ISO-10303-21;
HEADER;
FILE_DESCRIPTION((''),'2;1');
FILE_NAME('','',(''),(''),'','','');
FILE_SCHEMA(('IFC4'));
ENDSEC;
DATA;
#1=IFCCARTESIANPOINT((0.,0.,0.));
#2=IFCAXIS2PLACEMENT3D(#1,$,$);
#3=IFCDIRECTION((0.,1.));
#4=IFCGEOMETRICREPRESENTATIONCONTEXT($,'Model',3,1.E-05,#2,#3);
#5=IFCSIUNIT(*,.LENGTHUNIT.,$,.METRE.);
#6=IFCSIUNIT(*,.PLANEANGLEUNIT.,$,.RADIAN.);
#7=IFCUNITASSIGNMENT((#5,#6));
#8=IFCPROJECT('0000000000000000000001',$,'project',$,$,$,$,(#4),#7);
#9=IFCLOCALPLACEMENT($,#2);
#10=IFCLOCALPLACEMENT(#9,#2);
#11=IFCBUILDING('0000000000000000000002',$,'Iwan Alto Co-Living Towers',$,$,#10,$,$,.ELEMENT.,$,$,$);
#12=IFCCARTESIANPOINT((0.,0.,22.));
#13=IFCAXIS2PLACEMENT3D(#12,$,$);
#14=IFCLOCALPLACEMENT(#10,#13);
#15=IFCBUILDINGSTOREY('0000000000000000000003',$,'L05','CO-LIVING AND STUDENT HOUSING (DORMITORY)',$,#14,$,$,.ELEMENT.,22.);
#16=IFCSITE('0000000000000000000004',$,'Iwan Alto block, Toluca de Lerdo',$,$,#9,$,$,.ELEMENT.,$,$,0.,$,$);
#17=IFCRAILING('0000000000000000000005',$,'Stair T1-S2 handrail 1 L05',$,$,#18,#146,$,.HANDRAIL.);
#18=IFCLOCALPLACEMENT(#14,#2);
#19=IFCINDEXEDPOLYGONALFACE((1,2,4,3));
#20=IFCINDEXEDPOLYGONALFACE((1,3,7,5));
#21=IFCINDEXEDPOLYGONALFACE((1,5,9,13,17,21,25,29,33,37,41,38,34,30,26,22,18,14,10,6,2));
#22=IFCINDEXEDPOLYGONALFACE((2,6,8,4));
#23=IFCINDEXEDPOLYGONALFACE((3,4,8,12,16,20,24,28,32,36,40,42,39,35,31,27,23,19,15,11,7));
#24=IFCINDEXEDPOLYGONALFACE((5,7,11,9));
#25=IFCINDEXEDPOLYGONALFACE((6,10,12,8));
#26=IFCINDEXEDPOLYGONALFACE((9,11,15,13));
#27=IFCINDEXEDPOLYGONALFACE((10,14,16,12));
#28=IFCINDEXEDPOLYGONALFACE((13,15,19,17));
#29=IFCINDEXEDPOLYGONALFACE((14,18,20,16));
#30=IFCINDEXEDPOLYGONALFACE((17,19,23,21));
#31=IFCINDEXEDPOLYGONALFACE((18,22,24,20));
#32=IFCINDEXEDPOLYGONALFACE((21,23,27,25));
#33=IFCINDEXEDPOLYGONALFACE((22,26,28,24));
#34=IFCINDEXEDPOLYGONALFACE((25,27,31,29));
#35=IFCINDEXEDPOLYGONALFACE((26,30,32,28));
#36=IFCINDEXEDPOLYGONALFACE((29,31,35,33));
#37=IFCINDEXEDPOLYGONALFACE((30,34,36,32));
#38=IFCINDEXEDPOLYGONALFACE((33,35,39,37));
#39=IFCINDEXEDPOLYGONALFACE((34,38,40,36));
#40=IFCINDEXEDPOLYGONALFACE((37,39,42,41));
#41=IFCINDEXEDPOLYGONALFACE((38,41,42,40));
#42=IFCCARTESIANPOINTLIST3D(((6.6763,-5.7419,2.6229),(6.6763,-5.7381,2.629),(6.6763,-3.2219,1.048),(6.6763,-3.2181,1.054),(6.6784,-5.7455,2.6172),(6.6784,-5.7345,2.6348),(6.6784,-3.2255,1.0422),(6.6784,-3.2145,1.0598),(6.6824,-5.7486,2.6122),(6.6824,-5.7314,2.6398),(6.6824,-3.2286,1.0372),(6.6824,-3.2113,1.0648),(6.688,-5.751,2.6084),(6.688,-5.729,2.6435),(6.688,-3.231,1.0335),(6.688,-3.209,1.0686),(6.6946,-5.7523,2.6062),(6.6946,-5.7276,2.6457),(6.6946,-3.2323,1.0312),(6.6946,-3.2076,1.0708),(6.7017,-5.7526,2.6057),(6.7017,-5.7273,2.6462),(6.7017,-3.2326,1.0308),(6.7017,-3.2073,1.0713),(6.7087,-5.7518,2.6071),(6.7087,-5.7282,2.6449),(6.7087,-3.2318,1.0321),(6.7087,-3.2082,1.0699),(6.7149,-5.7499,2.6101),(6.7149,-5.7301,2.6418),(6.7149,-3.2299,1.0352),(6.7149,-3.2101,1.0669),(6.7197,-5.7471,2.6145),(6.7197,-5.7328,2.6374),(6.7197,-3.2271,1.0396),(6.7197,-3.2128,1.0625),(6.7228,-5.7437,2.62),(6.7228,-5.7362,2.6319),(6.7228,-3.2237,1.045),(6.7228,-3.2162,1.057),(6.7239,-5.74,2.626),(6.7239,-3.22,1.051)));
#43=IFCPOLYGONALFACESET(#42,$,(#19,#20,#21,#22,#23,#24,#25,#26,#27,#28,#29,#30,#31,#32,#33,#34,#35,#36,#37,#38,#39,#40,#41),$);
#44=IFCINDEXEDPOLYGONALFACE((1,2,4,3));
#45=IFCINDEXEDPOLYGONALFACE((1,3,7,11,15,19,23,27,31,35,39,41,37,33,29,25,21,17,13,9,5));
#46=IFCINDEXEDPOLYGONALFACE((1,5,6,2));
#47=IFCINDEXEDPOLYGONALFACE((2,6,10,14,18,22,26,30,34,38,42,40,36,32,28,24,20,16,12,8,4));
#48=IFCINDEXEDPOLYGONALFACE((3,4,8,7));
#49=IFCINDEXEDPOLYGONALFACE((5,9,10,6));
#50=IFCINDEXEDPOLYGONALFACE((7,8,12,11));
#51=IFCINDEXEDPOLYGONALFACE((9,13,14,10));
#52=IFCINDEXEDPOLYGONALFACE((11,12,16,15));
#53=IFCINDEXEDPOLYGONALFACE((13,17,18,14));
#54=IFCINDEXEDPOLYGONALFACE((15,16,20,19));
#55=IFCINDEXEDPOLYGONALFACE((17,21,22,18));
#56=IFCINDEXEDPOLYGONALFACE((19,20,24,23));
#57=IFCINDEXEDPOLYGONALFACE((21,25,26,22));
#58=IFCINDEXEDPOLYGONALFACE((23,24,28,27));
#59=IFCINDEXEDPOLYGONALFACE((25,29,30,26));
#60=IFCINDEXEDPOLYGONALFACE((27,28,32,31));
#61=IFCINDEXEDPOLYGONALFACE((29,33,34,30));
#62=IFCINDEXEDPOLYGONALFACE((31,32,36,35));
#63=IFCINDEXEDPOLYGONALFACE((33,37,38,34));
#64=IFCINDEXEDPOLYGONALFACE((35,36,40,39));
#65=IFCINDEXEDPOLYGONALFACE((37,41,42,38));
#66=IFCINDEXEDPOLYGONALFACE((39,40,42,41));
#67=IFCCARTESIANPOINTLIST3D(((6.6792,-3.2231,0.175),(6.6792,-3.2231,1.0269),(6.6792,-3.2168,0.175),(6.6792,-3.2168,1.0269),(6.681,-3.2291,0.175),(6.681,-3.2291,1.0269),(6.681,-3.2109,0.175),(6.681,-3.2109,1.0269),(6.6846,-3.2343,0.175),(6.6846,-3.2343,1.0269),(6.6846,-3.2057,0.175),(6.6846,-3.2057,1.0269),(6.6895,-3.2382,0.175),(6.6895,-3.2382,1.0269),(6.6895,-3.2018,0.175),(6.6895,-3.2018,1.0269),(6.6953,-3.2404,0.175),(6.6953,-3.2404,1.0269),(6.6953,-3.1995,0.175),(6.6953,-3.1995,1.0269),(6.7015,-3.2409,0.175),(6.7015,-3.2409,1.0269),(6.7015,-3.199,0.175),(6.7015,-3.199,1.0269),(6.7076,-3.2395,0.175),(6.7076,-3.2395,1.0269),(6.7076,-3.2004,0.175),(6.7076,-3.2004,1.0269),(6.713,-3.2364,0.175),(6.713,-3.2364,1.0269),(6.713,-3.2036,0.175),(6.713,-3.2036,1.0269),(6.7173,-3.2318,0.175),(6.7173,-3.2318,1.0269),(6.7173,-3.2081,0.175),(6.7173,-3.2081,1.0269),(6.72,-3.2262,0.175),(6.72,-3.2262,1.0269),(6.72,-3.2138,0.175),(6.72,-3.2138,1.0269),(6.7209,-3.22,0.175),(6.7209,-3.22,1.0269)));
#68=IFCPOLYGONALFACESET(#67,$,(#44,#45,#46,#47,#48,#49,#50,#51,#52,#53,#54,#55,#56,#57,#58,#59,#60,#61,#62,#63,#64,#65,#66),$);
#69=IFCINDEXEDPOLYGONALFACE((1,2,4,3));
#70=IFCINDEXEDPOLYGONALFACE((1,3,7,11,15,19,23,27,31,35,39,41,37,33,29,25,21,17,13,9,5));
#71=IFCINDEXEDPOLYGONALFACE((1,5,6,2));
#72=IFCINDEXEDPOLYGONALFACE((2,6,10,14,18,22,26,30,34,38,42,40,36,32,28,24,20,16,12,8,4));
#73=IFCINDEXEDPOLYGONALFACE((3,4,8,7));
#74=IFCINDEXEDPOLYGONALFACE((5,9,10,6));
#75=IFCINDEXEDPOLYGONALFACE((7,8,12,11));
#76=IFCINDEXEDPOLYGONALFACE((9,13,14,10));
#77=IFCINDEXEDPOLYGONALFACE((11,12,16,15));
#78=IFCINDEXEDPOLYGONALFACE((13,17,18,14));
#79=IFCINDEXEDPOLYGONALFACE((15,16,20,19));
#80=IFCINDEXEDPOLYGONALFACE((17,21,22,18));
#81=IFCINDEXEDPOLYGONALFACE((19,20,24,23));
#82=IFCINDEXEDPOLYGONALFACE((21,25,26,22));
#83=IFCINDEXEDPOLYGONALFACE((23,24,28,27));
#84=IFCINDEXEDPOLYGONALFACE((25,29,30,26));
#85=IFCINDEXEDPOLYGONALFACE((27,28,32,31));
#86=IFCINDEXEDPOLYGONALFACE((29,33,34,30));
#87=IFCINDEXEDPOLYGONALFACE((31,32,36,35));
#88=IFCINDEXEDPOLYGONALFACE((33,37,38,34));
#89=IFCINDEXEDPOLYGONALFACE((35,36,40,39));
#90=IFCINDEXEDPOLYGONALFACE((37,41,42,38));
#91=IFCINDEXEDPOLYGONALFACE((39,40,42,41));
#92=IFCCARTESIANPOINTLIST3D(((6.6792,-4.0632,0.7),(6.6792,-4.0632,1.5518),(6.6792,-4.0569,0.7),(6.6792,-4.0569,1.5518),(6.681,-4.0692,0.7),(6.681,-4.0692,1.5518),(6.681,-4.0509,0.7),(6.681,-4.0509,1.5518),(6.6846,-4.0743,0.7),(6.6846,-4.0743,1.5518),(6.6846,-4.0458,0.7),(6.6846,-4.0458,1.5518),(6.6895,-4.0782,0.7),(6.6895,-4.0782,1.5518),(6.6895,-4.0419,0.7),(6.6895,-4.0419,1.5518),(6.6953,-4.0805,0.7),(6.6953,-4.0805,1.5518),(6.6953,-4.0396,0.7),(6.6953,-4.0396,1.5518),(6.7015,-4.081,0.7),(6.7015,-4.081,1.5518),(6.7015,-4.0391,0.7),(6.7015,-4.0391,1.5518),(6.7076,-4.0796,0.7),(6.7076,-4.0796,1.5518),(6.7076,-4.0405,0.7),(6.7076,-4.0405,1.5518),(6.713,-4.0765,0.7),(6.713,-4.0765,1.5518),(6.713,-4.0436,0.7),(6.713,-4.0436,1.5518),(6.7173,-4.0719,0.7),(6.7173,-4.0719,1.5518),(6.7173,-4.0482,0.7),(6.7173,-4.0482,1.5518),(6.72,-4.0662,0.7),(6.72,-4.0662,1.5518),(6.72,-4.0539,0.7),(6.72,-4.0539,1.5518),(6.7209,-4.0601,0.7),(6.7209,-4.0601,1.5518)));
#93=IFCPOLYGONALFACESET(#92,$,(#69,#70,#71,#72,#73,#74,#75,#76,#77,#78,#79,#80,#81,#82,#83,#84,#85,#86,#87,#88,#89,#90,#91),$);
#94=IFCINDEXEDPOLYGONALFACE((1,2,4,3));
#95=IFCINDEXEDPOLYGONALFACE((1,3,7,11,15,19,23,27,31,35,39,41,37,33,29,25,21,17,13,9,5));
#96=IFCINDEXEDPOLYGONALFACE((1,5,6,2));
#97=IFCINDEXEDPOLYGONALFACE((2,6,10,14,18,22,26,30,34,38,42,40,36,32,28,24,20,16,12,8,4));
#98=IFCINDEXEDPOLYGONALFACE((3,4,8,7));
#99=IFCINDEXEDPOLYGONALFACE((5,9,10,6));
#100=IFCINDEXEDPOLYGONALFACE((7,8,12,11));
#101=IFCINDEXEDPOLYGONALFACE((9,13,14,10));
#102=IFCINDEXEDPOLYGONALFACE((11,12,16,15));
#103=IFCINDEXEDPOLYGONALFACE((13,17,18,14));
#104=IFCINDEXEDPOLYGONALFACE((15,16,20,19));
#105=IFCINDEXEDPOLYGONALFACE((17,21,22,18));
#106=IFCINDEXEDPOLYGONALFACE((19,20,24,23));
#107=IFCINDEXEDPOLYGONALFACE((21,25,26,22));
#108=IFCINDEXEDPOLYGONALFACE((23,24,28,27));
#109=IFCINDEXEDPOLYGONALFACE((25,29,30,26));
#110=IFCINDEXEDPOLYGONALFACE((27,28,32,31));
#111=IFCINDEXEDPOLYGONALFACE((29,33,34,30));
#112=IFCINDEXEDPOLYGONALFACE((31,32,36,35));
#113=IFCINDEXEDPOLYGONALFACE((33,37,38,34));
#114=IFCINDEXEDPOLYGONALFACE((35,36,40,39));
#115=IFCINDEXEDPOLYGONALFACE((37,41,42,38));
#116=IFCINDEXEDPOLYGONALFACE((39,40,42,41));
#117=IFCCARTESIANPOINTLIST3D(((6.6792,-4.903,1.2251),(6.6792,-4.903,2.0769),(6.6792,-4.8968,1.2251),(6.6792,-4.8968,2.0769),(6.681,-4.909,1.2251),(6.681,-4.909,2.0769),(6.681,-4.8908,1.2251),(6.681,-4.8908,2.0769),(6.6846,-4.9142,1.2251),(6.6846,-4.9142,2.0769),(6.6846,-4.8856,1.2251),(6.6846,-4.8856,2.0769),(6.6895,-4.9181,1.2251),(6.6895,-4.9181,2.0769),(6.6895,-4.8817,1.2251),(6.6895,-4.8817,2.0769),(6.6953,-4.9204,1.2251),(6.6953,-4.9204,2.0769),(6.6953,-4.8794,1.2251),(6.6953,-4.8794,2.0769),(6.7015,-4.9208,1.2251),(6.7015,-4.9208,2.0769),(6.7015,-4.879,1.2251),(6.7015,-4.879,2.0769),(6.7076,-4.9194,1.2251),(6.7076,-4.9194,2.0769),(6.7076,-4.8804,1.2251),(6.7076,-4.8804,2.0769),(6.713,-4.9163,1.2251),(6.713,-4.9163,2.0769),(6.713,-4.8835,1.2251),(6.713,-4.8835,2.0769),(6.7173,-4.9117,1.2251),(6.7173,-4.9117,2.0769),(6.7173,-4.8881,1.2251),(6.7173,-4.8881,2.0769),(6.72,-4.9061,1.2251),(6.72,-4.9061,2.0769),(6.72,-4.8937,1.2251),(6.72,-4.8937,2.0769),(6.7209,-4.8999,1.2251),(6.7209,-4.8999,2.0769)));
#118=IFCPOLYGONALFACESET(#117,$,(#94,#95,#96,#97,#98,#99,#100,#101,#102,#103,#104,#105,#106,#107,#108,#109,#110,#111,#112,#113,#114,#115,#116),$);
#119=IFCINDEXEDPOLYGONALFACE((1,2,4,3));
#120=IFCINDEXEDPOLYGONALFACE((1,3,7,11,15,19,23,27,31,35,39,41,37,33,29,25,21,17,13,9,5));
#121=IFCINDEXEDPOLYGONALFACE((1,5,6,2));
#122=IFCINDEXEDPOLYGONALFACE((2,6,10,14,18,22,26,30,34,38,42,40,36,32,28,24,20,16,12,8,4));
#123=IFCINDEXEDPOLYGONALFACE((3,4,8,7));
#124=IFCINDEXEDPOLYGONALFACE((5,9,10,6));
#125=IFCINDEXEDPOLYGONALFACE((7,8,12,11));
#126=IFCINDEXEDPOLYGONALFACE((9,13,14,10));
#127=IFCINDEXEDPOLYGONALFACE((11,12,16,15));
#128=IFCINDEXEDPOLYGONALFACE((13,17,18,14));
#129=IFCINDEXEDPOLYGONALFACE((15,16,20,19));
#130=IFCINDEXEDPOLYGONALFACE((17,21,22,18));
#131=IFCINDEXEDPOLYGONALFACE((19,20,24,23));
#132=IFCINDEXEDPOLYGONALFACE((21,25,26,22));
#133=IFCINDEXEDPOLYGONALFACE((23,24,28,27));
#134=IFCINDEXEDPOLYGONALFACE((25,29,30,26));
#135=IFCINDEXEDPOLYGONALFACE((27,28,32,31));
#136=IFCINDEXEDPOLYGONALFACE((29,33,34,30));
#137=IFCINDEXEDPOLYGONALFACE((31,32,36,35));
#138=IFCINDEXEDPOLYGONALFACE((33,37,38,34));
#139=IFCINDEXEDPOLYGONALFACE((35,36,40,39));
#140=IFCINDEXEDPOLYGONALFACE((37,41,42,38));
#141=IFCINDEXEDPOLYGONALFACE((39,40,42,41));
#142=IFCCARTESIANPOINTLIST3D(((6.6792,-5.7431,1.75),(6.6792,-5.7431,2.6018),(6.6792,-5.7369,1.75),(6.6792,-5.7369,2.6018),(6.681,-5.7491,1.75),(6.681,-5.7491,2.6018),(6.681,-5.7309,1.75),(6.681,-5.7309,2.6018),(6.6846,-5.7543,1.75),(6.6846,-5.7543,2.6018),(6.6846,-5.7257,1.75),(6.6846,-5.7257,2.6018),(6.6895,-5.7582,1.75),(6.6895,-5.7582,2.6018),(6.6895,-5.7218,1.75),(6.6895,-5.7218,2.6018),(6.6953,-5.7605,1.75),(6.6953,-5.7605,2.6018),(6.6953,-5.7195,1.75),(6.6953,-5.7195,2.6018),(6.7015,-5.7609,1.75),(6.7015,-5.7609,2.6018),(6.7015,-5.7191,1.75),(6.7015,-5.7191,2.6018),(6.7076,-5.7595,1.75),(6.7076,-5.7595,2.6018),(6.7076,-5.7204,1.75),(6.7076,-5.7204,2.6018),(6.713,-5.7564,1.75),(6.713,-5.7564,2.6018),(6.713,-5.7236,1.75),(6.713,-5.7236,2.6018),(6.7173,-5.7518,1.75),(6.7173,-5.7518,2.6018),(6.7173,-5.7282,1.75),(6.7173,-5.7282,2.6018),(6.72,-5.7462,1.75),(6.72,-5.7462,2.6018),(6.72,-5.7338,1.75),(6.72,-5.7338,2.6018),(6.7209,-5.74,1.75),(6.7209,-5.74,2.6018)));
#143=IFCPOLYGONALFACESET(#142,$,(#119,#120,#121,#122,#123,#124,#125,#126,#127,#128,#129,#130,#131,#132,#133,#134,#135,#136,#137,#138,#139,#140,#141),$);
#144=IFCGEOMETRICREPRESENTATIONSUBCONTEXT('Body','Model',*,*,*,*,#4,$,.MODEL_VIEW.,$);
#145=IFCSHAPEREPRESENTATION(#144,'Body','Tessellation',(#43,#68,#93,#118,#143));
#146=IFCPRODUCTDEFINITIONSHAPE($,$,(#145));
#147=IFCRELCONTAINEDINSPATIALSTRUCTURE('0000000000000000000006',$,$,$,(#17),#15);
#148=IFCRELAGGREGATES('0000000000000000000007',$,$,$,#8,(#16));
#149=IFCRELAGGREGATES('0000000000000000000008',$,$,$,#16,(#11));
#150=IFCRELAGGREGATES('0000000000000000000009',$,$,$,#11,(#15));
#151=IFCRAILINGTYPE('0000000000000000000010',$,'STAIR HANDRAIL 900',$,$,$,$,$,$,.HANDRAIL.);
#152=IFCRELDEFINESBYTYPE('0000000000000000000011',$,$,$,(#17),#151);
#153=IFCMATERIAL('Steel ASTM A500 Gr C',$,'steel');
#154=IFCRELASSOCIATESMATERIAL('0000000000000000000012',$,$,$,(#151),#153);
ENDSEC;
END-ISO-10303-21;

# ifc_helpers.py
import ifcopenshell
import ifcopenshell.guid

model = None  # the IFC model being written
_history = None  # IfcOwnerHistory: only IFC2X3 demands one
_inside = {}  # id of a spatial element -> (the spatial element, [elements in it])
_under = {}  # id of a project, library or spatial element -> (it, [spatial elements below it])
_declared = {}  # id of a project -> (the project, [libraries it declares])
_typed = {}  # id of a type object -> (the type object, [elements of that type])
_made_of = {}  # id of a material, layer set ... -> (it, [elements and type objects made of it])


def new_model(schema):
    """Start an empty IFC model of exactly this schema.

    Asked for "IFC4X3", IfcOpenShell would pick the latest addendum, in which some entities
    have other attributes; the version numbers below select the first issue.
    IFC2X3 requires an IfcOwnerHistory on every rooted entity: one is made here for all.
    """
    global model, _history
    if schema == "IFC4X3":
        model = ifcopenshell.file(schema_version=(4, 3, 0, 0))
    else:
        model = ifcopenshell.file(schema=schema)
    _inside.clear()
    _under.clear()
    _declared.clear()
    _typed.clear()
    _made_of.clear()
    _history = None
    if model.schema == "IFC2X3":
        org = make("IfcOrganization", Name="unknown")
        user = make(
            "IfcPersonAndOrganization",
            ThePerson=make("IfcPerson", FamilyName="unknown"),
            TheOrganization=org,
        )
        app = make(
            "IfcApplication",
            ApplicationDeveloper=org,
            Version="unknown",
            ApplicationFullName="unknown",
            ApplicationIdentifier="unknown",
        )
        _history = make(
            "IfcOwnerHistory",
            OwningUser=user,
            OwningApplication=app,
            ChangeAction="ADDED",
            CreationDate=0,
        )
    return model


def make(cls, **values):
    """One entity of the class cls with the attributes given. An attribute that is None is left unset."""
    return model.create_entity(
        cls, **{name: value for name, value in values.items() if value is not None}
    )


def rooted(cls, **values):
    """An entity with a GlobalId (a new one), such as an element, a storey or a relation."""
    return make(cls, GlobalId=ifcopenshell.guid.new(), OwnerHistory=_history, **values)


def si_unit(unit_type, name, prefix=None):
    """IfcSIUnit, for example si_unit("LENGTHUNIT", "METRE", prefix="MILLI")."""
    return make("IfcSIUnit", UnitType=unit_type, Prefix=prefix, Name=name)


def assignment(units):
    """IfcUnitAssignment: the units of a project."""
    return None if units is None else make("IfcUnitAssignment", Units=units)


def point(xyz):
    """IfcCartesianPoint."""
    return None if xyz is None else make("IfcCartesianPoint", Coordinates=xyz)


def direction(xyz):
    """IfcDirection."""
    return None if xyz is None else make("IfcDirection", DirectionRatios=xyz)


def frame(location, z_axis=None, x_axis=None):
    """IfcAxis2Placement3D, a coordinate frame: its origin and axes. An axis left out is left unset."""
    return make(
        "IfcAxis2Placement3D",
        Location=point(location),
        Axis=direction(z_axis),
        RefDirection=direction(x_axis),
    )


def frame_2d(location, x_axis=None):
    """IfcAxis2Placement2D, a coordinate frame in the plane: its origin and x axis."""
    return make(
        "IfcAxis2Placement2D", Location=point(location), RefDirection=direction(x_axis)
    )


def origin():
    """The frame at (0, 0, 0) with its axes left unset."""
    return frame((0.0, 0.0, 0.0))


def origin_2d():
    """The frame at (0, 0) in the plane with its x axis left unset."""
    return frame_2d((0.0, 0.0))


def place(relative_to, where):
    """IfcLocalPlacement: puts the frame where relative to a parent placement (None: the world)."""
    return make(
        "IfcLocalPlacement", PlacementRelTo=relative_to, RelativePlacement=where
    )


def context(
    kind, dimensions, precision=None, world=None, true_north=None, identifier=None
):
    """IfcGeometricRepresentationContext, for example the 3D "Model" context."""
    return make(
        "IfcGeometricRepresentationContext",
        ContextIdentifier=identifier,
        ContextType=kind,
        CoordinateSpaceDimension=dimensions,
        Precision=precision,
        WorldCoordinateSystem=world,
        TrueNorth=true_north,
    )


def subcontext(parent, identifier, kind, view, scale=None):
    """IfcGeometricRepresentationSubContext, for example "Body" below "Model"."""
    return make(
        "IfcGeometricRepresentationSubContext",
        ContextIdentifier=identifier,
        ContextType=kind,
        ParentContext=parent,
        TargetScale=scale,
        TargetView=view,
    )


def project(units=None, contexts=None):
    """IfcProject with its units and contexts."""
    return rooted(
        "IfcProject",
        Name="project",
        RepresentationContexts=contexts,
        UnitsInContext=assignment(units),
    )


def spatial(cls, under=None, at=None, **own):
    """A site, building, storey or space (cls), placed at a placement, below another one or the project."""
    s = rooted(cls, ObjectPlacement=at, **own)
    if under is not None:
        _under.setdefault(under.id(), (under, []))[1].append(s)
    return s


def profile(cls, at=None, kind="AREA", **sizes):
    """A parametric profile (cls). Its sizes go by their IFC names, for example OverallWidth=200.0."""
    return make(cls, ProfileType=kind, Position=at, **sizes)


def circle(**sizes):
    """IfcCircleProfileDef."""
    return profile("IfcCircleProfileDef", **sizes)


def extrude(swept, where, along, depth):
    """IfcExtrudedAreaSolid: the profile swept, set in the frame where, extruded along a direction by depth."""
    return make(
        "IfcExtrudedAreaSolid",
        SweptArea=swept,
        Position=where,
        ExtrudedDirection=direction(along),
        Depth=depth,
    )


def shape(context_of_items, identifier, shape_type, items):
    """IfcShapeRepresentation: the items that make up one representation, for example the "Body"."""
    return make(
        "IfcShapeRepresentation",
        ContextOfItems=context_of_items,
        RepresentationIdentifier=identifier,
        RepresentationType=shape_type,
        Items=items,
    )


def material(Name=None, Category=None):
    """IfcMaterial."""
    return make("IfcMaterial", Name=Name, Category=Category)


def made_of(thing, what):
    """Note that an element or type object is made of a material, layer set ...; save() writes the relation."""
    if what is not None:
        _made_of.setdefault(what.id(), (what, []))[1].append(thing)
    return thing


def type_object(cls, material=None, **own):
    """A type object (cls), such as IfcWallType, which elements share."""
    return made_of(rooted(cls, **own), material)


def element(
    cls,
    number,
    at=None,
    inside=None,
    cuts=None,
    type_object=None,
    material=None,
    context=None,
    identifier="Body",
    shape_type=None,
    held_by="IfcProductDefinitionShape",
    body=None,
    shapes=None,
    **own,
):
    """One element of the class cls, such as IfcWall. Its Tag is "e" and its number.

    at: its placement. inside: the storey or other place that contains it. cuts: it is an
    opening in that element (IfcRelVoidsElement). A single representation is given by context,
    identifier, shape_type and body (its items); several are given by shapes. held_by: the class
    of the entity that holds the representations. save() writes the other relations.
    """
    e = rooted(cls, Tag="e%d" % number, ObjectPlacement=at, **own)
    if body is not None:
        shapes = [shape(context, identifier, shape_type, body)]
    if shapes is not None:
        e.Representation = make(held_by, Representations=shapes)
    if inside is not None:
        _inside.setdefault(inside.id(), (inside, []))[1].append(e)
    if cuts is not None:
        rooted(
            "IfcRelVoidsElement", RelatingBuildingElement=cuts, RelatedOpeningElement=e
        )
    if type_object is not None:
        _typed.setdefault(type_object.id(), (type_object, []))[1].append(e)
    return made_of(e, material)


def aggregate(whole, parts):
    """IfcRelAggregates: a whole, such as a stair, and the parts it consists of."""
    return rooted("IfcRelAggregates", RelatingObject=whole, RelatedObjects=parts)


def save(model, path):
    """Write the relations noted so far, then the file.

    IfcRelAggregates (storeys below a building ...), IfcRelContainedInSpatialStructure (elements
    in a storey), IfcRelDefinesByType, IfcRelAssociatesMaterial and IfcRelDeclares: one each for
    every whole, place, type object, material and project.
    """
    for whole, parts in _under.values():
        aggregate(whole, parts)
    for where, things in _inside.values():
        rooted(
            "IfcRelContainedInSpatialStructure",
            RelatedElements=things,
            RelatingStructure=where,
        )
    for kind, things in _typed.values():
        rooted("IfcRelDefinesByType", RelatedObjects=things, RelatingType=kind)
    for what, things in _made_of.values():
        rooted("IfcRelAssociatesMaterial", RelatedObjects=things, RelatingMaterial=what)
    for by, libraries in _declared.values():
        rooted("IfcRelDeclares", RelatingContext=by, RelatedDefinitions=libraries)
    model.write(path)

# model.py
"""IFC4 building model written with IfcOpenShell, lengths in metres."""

from ifc_helpers import new_model, si_unit, direction, frame, origin, origin_2d, place, context, subcontext, project, spatial, circle, extrude, material, type_object, element, save


model = new_model("IFC4")

# Units and contexts
model_context = context("Model", 3, precision=1e-05, world=origin(), true_north=direction((0.0, 1.0)))
body_context = subcontext(model_context, "Body", "Model", "MODEL_VIEW")
ifc_project = project(units=[si_unit("LENGTHUNIT", "METRE"), si_unit("PLANEANGLEUNIT", "RADIAN")], contexts=[model_context])

# Site, building, storey
site_placement = place(None, origin())
site = spatial("IfcSite", under=ifc_project, at=site_placement, Name="Iwan Alto block, Toluca de Lerdo", CompositionType="ELEMENT", RefElevation=0.0)
building_placement = place(site_placement, origin())
building = spatial("IfcBuilding", under=site, at=building_placement, Name="Iwan Alto Co-Living Towers", CompositionType="ELEMENT")
storey_placement = place(building_placement, frame((0.0, 0.0, 22.0)))
storey = spatial("IfcBuildingStorey", under=building, at=storey_placement, Name="L05", Description="CO-LIVING AND STUDENT HOUSING (DORMITORY)", CompositionType="ELEMENT", Elevation=22.0)

# Railing
ifc_material_1 = material(Name="Steel ASTM A500 Gr C", Category="steel")
railing_type_1 = type_object("IfcRailingType", Name="STAIR HANDRAIL 900", PredefinedType="HANDRAIL", material=ifc_material_1)
railing_1_placement = place(storey_placement, frame((6.7, -3.22, 0.175)))
element("IfcRailing", 1, at=railing_1_placement, inside=storey, type_object=railing_type_1, Name="Stair T1-S2 handrail 1 L05", PredefinedType="HANDRAIL", context=body_context, shape_type="SweptSolid", body=[
    extrude(circle(Radius=0.0239, at=origin_2d()), frame((0.0, 0.0, 0.876), z_axis=(0.0, -0.848008, 0.529984), x_axis=(1.0, 0.0, 0.0)), (0.0, 0.0, 1.0), 2.9717),
    extrude(circle(Radius=0.021, at=origin_2d()), origin(), (0.0, 0.0, 1.0), 0.8518),
    extrude(circle(Radius=0.021, at=origin_2d()), frame((0.0, -0.8401, 0.5249)), (0.0, 0.0, 1.0), 0.8518),
    extrude(circle(Radius=0.021, at=origin_2d()), frame((0.0, -1.6799, 1.05)), (0.0, 0.0, 1.0), 0.8518),
    extrude(circle(Radius=0.021, at=origin_2d()), frame((0.0, -2.52, 1.575)), (0.0, 0.0, 1.0), 0.8518),
])

save(model, "model.ifc")
